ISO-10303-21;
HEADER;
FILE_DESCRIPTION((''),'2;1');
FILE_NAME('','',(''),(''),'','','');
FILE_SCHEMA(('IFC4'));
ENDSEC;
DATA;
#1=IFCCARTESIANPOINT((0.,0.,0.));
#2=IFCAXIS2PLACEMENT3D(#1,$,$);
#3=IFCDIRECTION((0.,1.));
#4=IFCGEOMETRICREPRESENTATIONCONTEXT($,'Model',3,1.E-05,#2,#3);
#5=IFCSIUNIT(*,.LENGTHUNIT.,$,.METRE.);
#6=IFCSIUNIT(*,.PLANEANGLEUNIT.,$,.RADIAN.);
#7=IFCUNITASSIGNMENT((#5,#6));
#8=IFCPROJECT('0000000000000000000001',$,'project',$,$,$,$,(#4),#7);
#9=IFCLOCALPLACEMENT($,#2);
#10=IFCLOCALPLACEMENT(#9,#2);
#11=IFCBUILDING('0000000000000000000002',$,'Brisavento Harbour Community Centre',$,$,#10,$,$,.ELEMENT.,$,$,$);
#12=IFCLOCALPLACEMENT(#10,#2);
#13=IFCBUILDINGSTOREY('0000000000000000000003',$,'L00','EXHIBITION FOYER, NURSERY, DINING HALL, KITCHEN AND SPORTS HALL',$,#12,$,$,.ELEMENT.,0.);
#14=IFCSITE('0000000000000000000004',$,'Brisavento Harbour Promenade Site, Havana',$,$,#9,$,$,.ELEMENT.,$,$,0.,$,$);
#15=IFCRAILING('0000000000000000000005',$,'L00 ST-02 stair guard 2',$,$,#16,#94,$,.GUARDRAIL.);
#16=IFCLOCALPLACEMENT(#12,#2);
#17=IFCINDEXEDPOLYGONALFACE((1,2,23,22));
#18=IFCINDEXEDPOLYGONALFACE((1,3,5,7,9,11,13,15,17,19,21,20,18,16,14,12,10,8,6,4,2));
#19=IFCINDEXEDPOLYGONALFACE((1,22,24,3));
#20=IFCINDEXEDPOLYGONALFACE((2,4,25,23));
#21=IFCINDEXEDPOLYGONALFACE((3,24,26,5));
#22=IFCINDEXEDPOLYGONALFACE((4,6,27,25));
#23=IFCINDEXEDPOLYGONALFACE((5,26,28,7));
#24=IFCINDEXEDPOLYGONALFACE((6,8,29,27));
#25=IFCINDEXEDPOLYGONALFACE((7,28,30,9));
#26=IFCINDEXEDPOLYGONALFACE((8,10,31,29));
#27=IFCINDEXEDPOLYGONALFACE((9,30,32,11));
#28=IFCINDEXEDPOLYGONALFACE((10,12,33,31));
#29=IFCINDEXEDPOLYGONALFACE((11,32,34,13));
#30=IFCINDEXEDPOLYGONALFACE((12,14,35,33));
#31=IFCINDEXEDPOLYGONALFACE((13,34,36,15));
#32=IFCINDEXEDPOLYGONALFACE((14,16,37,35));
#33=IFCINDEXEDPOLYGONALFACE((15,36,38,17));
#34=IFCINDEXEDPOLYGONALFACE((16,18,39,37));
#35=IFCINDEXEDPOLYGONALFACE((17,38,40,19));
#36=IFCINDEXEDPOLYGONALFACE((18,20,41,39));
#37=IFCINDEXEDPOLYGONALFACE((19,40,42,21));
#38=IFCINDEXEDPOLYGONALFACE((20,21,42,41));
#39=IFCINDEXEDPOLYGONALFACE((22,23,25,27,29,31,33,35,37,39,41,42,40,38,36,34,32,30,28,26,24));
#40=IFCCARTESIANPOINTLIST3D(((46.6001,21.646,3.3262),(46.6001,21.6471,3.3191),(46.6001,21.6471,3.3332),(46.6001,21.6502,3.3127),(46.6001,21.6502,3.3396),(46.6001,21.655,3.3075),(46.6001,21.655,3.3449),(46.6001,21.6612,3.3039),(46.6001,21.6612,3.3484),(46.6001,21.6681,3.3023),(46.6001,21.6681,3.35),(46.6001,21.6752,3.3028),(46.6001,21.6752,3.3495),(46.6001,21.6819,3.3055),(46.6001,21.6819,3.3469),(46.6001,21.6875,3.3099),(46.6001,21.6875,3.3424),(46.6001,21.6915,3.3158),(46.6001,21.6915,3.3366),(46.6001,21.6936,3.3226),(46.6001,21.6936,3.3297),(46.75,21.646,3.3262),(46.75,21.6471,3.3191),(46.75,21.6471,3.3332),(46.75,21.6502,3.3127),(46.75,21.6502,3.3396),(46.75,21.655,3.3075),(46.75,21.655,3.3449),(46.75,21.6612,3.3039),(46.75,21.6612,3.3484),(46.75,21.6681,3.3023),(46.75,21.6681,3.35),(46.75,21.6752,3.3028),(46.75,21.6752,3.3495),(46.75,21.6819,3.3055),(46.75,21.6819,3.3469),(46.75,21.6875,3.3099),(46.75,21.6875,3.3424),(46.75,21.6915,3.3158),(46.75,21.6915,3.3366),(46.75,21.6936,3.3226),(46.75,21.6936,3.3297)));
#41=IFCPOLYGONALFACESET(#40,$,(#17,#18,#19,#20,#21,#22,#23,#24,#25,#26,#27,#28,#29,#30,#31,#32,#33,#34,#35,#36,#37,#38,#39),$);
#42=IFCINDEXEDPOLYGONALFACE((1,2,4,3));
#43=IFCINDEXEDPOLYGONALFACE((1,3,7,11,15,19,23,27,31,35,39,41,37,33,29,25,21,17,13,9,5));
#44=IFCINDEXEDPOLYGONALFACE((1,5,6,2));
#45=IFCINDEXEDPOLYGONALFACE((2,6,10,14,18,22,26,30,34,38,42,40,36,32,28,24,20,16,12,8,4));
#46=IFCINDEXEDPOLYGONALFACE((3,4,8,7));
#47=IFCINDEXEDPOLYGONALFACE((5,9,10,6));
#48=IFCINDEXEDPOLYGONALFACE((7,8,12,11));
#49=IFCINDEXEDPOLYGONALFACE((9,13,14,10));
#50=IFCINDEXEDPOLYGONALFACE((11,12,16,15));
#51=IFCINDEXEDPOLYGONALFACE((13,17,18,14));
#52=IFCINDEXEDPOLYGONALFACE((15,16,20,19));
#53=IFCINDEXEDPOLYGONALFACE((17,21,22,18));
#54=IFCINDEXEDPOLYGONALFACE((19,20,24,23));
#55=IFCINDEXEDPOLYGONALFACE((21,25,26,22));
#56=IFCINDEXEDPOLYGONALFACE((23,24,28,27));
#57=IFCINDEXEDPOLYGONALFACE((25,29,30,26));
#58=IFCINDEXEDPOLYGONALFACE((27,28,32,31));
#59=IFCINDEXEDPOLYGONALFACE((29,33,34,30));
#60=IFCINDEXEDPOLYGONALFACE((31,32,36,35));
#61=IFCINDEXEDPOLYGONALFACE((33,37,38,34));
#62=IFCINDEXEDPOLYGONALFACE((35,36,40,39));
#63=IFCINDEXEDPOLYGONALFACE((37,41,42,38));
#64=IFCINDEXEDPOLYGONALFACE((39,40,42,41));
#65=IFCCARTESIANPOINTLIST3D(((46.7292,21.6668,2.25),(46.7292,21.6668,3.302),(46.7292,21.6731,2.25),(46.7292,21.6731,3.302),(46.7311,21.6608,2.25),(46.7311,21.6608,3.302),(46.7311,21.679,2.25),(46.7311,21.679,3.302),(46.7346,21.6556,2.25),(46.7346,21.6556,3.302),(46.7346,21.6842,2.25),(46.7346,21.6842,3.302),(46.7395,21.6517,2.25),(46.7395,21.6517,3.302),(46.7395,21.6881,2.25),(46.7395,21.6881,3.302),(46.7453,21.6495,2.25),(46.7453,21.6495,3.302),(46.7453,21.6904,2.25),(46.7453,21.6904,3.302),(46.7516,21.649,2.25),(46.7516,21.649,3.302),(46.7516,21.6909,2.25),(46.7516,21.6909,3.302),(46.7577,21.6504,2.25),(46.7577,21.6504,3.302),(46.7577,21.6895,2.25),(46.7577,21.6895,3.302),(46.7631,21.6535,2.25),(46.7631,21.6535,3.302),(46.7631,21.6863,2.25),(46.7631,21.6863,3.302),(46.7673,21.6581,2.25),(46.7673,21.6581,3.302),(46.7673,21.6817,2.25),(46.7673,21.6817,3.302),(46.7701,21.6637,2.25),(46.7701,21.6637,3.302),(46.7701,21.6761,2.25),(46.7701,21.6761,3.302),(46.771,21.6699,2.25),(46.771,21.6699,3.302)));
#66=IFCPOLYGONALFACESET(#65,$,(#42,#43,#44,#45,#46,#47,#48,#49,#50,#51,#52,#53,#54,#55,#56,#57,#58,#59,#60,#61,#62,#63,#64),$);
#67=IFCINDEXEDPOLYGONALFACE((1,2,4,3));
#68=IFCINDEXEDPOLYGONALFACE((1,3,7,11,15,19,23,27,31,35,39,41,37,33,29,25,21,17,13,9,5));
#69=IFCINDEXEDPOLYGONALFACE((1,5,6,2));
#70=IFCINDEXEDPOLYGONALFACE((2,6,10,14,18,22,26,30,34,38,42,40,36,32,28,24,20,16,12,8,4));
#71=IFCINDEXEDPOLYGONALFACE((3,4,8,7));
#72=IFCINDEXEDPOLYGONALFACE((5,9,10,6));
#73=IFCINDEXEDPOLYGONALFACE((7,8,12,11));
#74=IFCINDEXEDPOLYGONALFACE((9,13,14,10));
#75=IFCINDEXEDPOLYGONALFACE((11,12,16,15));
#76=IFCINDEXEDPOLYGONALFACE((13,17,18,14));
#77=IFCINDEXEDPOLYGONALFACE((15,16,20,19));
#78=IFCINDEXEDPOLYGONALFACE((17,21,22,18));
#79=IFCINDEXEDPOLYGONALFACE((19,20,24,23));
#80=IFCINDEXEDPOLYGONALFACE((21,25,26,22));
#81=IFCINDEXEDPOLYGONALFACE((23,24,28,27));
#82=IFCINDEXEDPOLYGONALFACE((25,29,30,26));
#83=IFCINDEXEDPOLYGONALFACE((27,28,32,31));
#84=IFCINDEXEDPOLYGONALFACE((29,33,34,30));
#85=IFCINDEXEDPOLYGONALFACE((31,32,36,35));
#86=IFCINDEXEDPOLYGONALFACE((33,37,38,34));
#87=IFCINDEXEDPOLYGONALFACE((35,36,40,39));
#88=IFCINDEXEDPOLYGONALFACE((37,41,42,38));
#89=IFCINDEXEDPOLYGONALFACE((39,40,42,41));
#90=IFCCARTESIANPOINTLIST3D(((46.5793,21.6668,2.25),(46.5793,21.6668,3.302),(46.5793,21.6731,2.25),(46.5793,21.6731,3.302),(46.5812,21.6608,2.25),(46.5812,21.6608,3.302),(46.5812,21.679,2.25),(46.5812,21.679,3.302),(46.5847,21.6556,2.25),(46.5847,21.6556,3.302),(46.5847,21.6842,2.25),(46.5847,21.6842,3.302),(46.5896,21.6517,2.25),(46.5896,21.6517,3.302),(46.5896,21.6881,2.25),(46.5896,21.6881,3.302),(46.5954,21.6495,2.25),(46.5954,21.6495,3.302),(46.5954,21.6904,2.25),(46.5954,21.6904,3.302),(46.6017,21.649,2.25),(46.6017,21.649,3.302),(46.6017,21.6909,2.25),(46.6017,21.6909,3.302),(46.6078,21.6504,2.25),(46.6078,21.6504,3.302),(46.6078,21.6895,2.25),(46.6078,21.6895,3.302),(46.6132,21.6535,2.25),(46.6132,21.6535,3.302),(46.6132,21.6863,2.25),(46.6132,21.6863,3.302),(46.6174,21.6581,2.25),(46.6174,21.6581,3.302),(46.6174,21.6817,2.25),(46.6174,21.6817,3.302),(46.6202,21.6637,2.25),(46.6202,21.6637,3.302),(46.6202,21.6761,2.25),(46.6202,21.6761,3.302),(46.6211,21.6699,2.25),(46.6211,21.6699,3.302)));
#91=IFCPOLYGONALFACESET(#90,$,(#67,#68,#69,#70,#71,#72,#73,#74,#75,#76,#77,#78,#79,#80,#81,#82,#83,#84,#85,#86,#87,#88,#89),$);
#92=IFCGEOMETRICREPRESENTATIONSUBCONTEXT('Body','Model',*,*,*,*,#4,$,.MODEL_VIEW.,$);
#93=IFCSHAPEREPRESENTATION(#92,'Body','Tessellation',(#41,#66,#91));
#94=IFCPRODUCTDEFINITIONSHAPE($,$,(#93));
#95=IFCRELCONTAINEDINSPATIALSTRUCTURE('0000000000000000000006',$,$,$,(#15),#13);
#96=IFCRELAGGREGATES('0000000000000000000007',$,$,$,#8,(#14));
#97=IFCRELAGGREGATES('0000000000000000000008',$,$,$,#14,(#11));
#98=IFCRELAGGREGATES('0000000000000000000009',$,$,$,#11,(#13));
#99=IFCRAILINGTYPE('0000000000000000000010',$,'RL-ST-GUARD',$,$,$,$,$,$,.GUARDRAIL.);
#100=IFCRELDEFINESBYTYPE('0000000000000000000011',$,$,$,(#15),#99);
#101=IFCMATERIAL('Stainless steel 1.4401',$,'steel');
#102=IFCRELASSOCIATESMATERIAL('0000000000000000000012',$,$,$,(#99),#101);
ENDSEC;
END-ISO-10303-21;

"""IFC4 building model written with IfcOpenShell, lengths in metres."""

from ifc_helpers import new_model, si_unit, direction, frame, origin, origin_2d, place, context, subcontext, project, spatial, circle, extrude, material, type_object, element, save


model = new_model("IFC4")

# Units and contexts
model_context = context("Model", 3, precision=1e-05, world=origin(), true_north=direction((0.0, 1.0)))
body_context = subcontext(model_context, "Body", "Model", "MODEL_VIEW")
ifc_project = project(units=[si_unit("LENGTHUNIT", "METRE"), si_unit("PLANEANGLEUNIT", "RADIAN")], contexts=[model_context])

# Site, building, storey
site_placement = place(None, origin())
site = spatial("IfcSite", under=ifc_project, at=site_placement, Name="Brisavento Harbour Promenade Site, Havana", CompositionType="ELEMENT", RefElevation=0.0)
building_placement = place(site_placement, origin())
building = spatial("IfcBuilding", under=site, at=building_placement, Name="Brisavento Harbour Community Centre", CompositionType="ELEMENT")
storey_placement = place(building_placement, origin())
storey = spatial("IfcBuildingStorey", under=building, at=storey_placement, Name="L00", Description="EXHIBITION FOYER, NURSERY, DINING HALL, KITCHEN AND SPORTS HALL", CompositionType="ELEMENT", Elevation=0.0)

# Railing
ifc_material_1 = material(Name="Stainless steel 1.4401", Category="steel")
railing_type_1 = type_object("IfcRailingType", Name="RL-ST-GUARD", PredefinedType="GUARDRAIL", material=ifc_material_1)
railing_1_placement = place(storey_placement, frame((46.75, 21.6699, 2.25)))
element("IfcRailing", 1, at=railing_1_placement, inside=storey, type_object=railing_type_1, Name="L00 ST-02 stair guard 2", PredefinedType="GUARDRAIL", context=body_context, shape_type="SweptSolid", body=[
    extrude(circle(Radius=0.0239, at=origin_2d()), frame((0.0, 0.0, 1.0762), z_axis=(-1.0, 0.0, 0.0), x_axis=(0.0, -1.0, 0.0)), (0.0, 0.0, 1.0), 0.1499),
    extrude(circle(Radius=0.021, at=origin_2d()), origin(), (0.0, 0.0, 1.0), 1.052),
    extrude(circle(Radius=0.021, at=origin_2d()), frame((-0.1499, 0.0, 0.0)), (0.0, 0.0, 1.0), 1.052),
])

save(model, "model.ifc")
